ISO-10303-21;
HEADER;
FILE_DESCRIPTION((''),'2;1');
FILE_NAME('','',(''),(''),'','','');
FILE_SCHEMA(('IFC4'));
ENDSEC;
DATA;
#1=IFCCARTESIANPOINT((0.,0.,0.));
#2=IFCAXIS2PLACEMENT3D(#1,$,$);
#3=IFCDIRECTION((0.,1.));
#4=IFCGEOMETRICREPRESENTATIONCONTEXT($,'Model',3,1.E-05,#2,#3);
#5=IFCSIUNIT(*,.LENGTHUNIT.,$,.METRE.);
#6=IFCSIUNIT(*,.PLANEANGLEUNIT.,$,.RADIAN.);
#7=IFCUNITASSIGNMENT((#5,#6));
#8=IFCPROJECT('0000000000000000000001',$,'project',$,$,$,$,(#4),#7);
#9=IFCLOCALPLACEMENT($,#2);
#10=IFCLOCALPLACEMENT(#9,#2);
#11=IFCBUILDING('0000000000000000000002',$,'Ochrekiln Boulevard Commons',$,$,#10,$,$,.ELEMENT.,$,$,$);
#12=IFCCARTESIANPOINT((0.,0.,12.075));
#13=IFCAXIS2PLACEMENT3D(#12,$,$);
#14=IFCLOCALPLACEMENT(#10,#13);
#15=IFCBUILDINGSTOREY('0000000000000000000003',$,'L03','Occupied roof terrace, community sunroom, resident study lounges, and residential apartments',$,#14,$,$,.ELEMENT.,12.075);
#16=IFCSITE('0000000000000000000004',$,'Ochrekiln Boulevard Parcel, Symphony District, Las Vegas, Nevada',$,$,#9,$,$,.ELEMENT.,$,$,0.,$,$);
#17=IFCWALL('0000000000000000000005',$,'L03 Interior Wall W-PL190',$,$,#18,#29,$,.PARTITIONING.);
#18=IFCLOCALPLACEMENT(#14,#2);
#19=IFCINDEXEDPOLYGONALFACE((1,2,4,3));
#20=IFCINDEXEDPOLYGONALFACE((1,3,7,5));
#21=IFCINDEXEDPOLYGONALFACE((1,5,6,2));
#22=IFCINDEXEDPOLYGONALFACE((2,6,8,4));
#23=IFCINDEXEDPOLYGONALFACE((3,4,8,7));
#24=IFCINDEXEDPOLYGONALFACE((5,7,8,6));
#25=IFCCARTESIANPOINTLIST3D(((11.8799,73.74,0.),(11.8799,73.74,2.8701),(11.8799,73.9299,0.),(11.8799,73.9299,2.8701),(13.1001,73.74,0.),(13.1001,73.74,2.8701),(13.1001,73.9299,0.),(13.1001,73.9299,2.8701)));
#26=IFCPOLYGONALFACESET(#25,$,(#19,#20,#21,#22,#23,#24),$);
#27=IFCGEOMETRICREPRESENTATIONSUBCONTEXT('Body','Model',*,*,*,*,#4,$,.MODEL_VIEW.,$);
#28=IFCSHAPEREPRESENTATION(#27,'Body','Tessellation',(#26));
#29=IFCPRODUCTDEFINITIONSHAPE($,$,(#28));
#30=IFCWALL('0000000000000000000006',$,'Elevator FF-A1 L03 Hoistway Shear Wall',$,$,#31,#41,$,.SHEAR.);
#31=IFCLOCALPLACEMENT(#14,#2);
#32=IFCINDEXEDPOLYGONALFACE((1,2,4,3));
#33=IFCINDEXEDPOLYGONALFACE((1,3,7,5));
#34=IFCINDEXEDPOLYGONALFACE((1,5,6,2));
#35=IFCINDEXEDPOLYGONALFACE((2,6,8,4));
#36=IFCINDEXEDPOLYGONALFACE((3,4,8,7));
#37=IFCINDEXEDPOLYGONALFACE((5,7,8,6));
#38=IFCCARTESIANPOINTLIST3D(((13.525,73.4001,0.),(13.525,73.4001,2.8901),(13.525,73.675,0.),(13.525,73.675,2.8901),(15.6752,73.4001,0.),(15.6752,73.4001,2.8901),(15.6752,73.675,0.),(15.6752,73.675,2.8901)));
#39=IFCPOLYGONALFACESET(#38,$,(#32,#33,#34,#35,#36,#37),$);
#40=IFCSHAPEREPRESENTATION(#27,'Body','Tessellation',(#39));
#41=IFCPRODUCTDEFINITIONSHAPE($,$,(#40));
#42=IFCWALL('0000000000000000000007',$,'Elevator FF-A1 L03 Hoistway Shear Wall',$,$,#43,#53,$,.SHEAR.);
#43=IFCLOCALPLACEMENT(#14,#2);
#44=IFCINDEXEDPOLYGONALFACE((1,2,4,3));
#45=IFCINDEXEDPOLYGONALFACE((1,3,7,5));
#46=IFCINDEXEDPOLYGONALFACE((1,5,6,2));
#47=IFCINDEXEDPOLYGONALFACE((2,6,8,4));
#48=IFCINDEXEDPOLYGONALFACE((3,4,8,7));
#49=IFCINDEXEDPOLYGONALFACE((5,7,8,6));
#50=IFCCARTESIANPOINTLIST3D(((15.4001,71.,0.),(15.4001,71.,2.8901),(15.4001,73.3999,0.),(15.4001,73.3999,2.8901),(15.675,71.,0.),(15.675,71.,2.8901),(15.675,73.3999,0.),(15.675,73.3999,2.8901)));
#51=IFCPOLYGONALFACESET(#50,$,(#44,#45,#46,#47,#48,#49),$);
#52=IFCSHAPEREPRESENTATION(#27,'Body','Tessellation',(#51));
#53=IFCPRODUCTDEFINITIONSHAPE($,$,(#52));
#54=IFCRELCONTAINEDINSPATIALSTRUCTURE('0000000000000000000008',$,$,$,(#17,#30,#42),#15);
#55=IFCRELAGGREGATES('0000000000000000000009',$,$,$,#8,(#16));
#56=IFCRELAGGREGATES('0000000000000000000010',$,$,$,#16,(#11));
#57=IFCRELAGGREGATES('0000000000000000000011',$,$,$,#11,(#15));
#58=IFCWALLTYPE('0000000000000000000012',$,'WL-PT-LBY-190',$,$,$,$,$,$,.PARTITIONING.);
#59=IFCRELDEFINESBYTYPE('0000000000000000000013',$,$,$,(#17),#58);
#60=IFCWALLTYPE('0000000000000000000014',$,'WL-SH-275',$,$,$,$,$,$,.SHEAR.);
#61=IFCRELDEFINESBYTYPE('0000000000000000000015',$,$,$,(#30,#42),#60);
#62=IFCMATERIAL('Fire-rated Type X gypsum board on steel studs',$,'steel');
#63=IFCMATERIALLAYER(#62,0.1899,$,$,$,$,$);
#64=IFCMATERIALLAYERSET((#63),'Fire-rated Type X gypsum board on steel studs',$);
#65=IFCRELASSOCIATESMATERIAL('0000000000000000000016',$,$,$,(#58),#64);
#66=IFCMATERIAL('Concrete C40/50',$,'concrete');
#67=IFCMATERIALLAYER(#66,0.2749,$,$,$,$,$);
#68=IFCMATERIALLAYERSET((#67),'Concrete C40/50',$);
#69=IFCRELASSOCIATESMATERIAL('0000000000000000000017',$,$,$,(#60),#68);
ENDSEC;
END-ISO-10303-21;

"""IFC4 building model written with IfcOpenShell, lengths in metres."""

from ifc_helpers import new_model, si_unit, direction, frame, frame_2d, origin, place, context, subcontext, project, spatial, rectangle, extrude, material, layer, layer_set, type_object, element, save


model = new_model("IFC4")

# Units and contexts
model_context = context("Model", 3, precision=1e-05, world=origin(), true_north=direction((0.0, 1.0)))
body_context = subcontext(model_context, "Body", "Model", "MODEL_VIEW")
ifc_project = project(units=[si_unit("LENGTHUNIT", "METRE"), si_unit("PLANEANGLEUNIT", "RADIAN")], contexts=[model_context])

# Site, building, storey
site_placement = place(None, origin())
site = spatial("IfcSite", under=ifc_project, at=site_placement, Name="Ochrekiln Boulevard Parcel, Symphony District, Las Vegas, Nevada", CompositionType="ELEMENT", RefElevation=0.0)
building_placement = place(site_placement, origin())
building = spatial("IfcBuilding", under=site, at=building_placement, Name="Ochrekiln Boulevard Commons", CompositionType="ELEMENT")
storey_placement = place(building_placement, frame((0.0, 0.0, 12.075)))
storey = spatial("IfcBuildingStorey", under=building, at=storey_placement, Name="L03", Description="Occupied roof terrace, community sunroom, resident study lounges, and residential apartments", CompositionType="ELEMENT", Elevation=12.075)

# Shared definitions
ifc_material_1 = material(Name="Concrete C40/50", Category="concrete")

# Walls
ifc_material_2 = material(Name="Fire-rated Type X gypsum board on steel studs", Category="steel")
ifc_layer_1 = layer(ifc_material_2, 0.1899)
ifc_layer_set_1 = layer_set([ifc_layer_1], Name="Fire-rated Type X gypsum board on steel studs")
wall_type_1 = type_object("IfcWallType", Name="WL-PT-LBY-190", PredefinedType="PARTITIONING", material=ifc_layer_set_1)
wall_1_placement = place(storey_placement, frame((11.8799, 73.835, 0.0), z_axis=(0.0, 0.0, 1.0), x_axis=(1.0, 0.0, 0.0)))
element("IfcWall", 1, at=wall_1_placement, inside=storey, type_object=wall_type_1, Name="L03 Interior Wall W-PL190", PredefinedType="PARTITIONING", context=body_context, shape_type="SweptSolid", body=[
    extrude(rectangle(XDim=1.2202, YDim=0.1899, at=frame_2d((0.6101, 0.0))), origin(), (0.0, 0.0, 1.0), 2.8701),
])
ifc_layer_2 = layer(ifc_material_1, 0.2749)
ifc_layer_set_2 = layer_set([ifc_layer_2], Name="Concrete C40/50")
wall_type_2 = type_object("IfcWallType", Name="WL-SH-275", PredefinedType="SHEAR", material=ifc_layer_set_2)
wall_2_placement = place(storey_placement, frame((13.5249, 73.5376, 0.0), z_axis=(0.0, 0.0, 1.0), x_axis=(1.0, 0.0, 0.0)))
element("IfcWall", 2, at=wall_2_placement, inside=storey, type_object=wall_type_2, Name="Elevator FF-A1 L03 Hoistway Shear Wall", PredefinedType="SHEAR", context=body_context, shape_type="SweptSolid", body=[
    extrude(rectangle(XDim=2.1501, YDim=0.2749, at=frame_2d((1.0752, 0.0))), origin(), (0.0, 0.0, 1.0), 2.8901),
])

# Wall
wall_3_placement = place(storey_placement, frame((15.5376, 71.0, 0.0), z_axis=(0.0, 0.0, 1.0), x_axis=(0.0, 1.0, 0.0)))
element("IfcWall", 3, at=wall_3_placement, inside=storey, type_object=wall_type_2, Name="Elevator FF-A1 L03 Hoistway Shear Wall", PredefinedType="SHEAR", context=body_context, shape_type="SweptSolid", body=[
    extrude(rectangle(XDim=2.3999, YDim=0.2749, at=frame_2d((1.2, 0.0))), origin(), (0.0, 0.0, 1.0), 2.8901),
])

save(model, "model.ifc")
